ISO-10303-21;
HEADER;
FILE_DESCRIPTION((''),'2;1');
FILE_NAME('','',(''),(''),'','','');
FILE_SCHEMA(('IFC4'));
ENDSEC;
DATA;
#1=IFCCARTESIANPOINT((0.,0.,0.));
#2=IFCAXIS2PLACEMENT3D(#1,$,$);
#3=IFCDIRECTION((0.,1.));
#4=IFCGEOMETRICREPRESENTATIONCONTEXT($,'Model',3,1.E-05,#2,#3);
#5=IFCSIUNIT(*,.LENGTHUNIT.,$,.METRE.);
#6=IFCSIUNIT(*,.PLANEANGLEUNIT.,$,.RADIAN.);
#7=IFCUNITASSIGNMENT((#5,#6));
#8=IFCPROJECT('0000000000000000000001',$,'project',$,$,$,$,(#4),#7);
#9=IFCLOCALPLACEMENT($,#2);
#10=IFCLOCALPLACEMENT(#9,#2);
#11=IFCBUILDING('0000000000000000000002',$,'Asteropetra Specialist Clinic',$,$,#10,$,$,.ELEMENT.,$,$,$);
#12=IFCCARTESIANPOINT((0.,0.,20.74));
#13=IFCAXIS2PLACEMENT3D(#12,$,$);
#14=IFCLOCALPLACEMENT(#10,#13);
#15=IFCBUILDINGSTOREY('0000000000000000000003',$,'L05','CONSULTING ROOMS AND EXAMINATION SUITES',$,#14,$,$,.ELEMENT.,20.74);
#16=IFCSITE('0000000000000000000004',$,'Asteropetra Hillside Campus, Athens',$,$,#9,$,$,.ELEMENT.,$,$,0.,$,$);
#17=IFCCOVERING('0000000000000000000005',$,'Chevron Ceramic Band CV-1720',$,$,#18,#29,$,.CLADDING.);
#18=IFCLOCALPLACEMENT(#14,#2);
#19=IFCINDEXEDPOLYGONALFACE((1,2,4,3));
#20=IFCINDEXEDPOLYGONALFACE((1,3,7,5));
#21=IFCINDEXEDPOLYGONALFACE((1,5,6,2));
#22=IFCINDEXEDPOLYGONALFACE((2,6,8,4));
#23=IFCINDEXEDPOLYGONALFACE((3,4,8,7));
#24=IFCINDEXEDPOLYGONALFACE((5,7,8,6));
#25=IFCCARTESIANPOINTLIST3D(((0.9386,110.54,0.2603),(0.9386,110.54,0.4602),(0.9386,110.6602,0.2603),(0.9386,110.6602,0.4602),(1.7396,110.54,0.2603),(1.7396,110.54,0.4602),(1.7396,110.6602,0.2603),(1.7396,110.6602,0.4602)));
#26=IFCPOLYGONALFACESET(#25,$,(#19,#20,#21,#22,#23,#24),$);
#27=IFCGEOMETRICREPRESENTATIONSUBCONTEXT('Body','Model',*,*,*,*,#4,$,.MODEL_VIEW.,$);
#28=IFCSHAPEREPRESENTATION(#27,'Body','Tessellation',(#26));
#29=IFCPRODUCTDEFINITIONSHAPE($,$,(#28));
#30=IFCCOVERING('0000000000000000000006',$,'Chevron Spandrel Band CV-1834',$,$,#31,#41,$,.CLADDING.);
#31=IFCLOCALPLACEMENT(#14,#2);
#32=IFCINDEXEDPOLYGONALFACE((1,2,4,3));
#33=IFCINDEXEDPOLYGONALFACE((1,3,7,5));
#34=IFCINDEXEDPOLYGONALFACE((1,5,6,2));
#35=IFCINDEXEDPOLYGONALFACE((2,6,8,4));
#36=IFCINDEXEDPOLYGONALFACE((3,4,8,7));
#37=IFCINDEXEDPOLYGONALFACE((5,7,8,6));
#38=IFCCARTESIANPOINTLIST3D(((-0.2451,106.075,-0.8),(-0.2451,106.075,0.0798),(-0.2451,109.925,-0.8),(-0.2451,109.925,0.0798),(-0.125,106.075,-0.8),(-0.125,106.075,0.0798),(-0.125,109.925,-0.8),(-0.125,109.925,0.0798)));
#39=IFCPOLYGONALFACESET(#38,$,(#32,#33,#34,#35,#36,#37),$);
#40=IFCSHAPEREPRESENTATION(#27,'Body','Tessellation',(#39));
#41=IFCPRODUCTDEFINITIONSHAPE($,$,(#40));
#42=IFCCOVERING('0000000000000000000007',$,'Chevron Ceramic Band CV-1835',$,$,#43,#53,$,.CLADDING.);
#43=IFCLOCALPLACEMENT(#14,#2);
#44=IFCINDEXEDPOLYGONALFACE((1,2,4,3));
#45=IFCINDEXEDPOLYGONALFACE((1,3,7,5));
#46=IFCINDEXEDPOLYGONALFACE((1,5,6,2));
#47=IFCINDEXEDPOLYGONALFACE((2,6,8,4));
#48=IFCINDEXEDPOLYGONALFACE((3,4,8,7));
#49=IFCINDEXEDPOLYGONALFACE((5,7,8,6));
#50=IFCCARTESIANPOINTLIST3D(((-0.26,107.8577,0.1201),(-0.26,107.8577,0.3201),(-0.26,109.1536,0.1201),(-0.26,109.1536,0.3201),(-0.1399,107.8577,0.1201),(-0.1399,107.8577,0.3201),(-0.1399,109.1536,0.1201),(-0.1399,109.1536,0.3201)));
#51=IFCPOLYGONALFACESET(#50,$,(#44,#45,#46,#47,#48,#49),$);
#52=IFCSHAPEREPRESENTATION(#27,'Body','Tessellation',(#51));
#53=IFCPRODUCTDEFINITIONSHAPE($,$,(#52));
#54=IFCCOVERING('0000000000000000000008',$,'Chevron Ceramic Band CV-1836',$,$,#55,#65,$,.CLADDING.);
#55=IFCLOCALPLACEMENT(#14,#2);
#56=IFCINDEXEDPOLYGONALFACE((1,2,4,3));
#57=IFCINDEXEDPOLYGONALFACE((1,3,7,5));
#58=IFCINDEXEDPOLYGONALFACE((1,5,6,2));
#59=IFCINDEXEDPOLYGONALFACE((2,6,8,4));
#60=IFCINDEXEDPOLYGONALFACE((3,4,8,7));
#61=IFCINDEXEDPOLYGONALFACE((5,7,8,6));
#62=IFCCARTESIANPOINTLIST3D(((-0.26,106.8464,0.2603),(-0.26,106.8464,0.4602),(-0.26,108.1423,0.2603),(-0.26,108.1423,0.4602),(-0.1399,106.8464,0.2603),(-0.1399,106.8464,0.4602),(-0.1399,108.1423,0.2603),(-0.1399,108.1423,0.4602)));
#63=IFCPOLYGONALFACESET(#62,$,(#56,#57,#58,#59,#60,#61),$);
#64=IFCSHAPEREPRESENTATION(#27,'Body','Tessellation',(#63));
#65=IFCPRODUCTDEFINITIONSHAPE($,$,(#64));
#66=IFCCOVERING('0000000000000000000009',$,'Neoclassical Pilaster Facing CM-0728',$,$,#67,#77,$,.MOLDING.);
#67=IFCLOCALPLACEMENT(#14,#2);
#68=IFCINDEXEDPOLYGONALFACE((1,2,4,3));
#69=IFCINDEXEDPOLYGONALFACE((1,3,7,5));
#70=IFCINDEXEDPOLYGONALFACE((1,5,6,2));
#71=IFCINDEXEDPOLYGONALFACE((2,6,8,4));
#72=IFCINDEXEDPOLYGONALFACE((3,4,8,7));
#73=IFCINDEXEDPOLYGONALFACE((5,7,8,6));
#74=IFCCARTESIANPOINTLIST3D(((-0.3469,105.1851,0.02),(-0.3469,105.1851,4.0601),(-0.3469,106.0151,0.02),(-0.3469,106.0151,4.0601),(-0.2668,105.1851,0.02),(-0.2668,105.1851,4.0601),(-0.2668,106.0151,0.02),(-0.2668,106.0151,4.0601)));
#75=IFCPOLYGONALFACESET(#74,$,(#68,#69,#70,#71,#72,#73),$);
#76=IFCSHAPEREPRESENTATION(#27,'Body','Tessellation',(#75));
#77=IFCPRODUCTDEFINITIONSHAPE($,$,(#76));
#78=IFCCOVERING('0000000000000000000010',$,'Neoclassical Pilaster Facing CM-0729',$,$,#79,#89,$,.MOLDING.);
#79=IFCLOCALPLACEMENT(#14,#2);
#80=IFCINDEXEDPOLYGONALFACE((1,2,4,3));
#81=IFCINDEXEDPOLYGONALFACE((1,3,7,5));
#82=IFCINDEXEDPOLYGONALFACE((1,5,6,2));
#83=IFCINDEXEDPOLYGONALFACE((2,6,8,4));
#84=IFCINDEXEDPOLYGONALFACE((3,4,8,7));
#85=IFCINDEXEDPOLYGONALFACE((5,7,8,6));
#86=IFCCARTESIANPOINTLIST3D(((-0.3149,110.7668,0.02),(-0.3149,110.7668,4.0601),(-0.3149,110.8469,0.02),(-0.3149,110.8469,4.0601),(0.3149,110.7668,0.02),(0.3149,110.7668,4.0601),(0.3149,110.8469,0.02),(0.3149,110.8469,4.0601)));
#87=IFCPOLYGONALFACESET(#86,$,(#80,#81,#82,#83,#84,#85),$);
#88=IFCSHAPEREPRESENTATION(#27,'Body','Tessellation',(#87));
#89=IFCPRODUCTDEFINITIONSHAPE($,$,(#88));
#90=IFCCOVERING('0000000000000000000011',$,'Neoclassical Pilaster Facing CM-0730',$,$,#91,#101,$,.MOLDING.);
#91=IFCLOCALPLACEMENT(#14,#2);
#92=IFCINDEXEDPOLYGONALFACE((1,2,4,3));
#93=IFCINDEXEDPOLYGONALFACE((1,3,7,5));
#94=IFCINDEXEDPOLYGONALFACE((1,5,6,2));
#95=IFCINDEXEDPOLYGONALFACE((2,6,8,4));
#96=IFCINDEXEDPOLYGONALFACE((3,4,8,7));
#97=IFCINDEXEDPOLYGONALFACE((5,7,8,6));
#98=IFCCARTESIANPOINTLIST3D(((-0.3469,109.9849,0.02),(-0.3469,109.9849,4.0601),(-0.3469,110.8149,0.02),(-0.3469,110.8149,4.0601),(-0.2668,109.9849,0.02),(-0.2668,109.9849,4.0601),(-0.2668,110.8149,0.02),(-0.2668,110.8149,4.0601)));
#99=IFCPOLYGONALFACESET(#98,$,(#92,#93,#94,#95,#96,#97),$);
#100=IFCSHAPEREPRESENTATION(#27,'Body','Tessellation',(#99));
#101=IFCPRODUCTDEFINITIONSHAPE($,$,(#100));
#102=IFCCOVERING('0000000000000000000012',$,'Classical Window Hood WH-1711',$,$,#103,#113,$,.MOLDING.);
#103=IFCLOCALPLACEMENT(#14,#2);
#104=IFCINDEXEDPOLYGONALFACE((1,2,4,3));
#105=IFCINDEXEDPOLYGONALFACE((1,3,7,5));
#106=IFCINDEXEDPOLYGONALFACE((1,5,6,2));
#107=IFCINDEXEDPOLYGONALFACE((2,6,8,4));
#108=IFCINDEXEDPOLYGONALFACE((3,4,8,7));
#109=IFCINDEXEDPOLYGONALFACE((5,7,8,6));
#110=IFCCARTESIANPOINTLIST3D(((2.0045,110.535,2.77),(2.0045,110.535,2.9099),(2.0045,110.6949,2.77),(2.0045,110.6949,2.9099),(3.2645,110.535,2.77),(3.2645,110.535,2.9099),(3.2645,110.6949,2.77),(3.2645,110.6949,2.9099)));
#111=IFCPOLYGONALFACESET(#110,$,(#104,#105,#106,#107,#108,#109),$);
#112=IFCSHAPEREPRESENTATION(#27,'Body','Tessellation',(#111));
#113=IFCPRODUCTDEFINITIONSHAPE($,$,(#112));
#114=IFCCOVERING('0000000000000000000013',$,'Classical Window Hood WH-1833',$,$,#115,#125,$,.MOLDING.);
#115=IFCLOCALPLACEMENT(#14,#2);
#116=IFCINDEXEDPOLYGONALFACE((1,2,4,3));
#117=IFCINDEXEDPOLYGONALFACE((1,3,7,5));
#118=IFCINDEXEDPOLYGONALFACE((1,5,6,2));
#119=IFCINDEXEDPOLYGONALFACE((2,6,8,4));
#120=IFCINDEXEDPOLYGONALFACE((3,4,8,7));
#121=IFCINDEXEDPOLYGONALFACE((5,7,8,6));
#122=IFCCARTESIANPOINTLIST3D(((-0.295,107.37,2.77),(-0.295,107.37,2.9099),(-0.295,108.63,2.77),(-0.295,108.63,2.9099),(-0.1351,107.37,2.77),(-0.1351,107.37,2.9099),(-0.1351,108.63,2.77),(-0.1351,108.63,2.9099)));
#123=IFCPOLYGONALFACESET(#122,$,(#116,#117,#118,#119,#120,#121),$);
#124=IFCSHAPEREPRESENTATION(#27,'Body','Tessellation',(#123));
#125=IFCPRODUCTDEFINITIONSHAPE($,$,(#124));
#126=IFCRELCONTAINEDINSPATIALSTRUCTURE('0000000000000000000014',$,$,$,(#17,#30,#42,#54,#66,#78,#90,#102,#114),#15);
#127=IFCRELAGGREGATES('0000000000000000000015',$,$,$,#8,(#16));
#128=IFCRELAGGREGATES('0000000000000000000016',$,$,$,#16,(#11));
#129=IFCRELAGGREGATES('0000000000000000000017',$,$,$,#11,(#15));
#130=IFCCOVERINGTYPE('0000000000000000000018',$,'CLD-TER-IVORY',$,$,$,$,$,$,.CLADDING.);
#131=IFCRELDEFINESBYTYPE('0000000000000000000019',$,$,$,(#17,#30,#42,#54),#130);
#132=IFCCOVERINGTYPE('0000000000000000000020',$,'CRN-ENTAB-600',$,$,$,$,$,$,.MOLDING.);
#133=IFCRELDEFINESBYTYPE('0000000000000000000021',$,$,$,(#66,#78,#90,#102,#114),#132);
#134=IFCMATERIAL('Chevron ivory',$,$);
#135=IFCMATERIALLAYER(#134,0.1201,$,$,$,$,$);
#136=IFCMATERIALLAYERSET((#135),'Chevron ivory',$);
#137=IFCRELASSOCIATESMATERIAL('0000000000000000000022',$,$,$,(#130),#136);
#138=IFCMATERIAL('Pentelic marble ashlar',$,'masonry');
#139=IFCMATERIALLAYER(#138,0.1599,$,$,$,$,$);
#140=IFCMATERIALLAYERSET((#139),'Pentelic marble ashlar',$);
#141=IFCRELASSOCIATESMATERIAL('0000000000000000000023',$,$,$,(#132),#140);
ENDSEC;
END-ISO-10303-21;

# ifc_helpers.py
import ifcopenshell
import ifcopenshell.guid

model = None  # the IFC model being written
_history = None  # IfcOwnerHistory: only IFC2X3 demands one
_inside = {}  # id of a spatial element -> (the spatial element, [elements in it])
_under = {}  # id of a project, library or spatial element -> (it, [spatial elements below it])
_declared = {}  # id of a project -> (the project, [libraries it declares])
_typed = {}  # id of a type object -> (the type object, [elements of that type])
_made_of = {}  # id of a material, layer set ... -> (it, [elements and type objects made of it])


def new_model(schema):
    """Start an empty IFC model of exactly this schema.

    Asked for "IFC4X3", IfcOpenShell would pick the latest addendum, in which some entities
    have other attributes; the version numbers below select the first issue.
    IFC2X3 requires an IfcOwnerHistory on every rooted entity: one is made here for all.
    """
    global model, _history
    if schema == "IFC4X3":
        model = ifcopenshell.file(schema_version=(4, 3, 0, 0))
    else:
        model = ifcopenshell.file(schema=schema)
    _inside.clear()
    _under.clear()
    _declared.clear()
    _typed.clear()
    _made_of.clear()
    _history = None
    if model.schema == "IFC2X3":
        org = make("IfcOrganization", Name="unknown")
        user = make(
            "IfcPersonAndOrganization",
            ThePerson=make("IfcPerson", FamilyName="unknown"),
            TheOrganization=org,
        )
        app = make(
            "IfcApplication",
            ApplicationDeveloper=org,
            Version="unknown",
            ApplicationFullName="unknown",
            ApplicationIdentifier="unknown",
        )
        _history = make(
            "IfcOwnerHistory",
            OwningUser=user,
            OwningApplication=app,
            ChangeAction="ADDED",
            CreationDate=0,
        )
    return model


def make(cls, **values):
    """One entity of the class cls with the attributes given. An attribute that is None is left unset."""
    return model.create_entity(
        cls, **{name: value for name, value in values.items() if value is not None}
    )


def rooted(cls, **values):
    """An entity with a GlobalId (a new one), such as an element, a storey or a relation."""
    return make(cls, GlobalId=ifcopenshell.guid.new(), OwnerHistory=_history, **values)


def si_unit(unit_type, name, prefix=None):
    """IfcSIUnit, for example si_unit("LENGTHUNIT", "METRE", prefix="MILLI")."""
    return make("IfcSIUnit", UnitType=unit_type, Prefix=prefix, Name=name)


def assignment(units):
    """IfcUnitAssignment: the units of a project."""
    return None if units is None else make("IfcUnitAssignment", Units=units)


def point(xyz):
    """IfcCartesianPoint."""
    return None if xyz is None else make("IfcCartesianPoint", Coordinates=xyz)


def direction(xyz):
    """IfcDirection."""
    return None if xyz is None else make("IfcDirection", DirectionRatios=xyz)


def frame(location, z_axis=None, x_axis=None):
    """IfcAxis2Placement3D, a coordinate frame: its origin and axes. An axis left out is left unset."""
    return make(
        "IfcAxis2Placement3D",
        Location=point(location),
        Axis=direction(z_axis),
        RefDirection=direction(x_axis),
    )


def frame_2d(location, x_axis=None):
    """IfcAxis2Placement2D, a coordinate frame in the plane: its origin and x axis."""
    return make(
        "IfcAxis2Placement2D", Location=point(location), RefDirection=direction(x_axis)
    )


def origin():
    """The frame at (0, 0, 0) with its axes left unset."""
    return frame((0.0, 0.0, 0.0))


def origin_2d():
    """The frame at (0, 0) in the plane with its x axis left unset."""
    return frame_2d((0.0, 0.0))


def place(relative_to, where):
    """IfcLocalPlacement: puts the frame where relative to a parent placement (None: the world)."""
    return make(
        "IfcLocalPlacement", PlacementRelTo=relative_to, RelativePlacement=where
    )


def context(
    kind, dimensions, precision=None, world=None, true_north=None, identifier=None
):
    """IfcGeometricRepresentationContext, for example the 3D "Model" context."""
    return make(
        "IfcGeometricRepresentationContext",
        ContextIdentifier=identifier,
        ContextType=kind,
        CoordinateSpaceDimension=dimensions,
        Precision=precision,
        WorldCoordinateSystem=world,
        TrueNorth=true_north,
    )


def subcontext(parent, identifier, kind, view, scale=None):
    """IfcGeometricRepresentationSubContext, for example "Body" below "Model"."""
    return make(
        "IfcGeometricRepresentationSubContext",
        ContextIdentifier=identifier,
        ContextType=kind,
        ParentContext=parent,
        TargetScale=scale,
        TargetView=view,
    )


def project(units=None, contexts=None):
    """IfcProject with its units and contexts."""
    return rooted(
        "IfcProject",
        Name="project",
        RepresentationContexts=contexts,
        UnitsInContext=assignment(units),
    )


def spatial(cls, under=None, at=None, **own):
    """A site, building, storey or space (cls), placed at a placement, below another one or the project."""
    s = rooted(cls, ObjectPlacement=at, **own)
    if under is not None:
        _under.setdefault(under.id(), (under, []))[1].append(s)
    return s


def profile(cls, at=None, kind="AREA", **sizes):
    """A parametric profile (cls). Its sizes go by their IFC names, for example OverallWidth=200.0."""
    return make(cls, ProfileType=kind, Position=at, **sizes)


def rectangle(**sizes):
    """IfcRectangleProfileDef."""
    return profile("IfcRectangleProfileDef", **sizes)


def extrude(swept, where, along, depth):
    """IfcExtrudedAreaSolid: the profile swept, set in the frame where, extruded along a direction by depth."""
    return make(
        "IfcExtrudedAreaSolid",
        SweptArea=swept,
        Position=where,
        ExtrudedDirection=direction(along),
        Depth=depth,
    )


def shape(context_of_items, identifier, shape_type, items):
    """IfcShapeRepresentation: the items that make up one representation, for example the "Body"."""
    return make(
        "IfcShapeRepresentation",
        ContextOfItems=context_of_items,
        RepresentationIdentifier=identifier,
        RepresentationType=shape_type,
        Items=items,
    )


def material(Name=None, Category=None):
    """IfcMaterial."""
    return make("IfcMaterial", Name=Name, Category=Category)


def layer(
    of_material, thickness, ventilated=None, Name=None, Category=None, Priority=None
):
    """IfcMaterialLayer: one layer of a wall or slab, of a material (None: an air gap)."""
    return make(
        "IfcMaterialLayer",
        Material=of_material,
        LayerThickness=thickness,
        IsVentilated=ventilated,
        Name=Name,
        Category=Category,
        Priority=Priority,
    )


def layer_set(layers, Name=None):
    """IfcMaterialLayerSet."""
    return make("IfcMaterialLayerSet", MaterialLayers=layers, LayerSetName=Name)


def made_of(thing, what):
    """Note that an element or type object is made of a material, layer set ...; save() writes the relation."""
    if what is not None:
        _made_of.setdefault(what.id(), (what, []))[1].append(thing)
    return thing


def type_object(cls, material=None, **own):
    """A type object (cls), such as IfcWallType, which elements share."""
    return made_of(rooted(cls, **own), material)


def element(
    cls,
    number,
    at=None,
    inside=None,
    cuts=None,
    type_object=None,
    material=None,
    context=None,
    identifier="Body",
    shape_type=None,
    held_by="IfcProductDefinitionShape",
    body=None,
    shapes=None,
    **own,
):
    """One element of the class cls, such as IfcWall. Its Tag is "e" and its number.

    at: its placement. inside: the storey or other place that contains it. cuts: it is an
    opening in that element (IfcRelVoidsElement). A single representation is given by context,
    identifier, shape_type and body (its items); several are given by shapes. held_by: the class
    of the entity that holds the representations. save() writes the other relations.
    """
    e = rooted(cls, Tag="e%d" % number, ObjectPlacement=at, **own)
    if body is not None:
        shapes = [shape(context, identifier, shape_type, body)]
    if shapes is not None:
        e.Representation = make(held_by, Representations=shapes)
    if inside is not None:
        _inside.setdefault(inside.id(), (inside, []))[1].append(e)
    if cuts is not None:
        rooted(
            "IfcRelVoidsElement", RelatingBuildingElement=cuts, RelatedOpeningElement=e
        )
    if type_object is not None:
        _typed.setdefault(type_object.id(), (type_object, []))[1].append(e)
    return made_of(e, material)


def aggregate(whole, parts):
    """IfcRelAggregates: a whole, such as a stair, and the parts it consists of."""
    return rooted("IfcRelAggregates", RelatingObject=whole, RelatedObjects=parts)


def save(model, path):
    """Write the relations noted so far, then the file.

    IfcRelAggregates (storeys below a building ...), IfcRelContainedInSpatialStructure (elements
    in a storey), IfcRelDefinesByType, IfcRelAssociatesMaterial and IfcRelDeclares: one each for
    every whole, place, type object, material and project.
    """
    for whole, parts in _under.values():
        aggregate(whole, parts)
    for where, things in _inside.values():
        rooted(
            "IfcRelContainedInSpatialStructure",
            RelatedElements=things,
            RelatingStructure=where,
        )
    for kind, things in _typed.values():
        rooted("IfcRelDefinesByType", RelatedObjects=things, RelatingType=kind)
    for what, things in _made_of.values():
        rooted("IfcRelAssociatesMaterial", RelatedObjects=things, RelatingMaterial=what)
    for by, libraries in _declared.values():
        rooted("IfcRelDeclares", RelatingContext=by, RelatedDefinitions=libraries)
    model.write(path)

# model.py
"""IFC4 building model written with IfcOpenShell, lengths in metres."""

from ifc_helpers import new_model, si_unit, direction, frame, origin, origin_2d, place, context, subcontext, project, spatial, rectangle, extrude, material, layer, layer_set, type_object, element, save


model = new_model("IFC4")

# Units and contexts
model_context = context("Model", 3, precision=1e-05, world=origin(), true_north=direction((0.0, 1.0)))
body_context = subcontext(model_context, "Body", "Model", "MODEL_VIEW")
ifc_project = project(units=[si_unit("LENGTHUNIT", "METRE"), si_unit("PLANEANGLEUNIT", "RADIAN")], contexts=[model_context])

# Site, building, storey
site_placement = place(None, origin())
site = spatial("IfcSite", under=ifc_project, at=site_placement, Name="Asteropetra Hillside Campus, Athens", CompositionType="ELEMENT", RefElevation=0.0)
building_placement = place(site_placement, origin())
building = spatial("IfcBuilding", under=site, at=building_placement, Name="Asteropetra Specialist Clinic", CompositionType="ELEMENT")
storey_placement = place(building_placement, frame((0.0, 0.0, 20.74)))
storey = spatial("IfcBuildingStorey", under=building, at=storey_placement, Name="L05", Description="CONSULTING ROOMS AND EXAMINATION SUITES", CompositionType="ELEMENT", Elevation=20.74)

# Coverings
ifc_material_1 = material(Name="Chevron ivory")
ifc_layer_1 = layer(ifc_material_1, 0.1201)
ifc_layer_set_1 = layer_set([ifc_layer_1], Name="Chevron ivory")
covering_type_1 = type_object("IfcCoveringType", Name="CLD-TER-IVORY", PredefinedType="CLADDING", material=ifc_layer_set_1)
for number, where, z_axis, x_axis, name in (
    (1, (1.3391, 110.6001, 0.2603), (0.0, 0.0, 1.0), (1.0, 0.0, 0.0), "Chevron Ceramic Band CV-1720"),
):
    element("IfcCovering", number, at=place(storey_placement, frame(where, z_axis=z_axis, x_axis=x_axis)), inside=storey, type_object=covering_type_1, Name=name, PredefinedType="CLADDING", context=body_context, shape_type="SweptSolid", body=[
        extrude(rectangle(XDim=0.801, YDim=0.1201, at=origin_2d()), origin(), (0.0, 0.0, 1.0), 0.2),
    ])
covering_1_placement = place(storey_placement, frame((-0.1851, 108.0, -0.8), z_axis=(0.0, 0.0, 1.0), x_axis=(1.0, 0.0, 0.0)))
element("IfcCovering", 2, at=covering_1_placement, inside=storey, type_object=covering_type_1, Name="Chevron Spandrel Band CV-1834", PredefinedType="CLADDING", context=body_context, shape_type="SweptSolid", body=[
    extrude(rectangle(XDim=0.1201, YDim=3.8501, at=origin_2d()), origin(), (0.0, 0.0, 1.0), 0.8799),
])
for number, where, z_axis, x_axis, name in (
    (3, (-0.2, 108.5056, 0.1201), (0.0, 0.0, 1.0), (1.0, 0.0, 0.0), "Chevron Ceramic Band CV-1835"),
    (4, (-0.2, 107.4944, 0.2603), (0.0, 0.0, 1.0), (1.0, 0.0, 0.0), "Chevron Ceramic Band CV-1836"),
):
    element("IfcCovering", number, at=place(storey_placement, frame(where, z_axis=z_axis, x_axis=x_axis)), inside=storey, type_object=covering_type_1, Name=name, PredefinedType="CLADDING", context=body_context, shape_type="SweptSolid", body=[
        extrude(rectangle(XDim=0.1201, YDim=1.2959, at=origin_2d()), origin(), (0.0, 0.0, 1.0), 0.2),
    ])
ifc_material_2 = material(Name="Pentelic marble ashlar", Category="masonry")
ifc_layer_2 = layer(ifc_material_2, 0.1599)
ifc_layer_set_2 = layer_set([ifc_layer_2], Name="Pentelic marble ashlar")
covering_type_2 = type_object("IfcCoveringType", Name="CRN-ENTAB-600", PredefinedType="MOLDING", material=ifc_layer_set_2)
covering_2_placement = place(storey_placement, frame((-0.3069, 105.6001, 0.02), z_axis=(0.0, 0.0, 1.0), x_axis=(1.0, 0.0, 0.0)))
element("IfcCovering", 5, at=covering_2_placement, inside=storey, type_object=covering_type_2, Name="Neoclassical Pilaster Facing CM-0728", PredefinedType="MOLDING", context=body_context, shape_type="SweptSolid", body=[
    extrude(rectangle(XDim=0.0801, YDim=0.8301, at=origin_2d()), origin(), (0.0, 0.0, 1.0), 4.04),
])
covering_3_placement = place(storey_placement, frame((0.0, 110.8069, 0.02), z_axis=(0.0, 0.0, 1.0), x_axis=(1.0, 0.0, 0.0)))
element("IfcCovering", 6, at=covering_3_placement, inside=storey, type_object=covering_type_2, Name="Neoclassical Pilaster Facing CM-0729", PredefinedType="MOLDING", context=body_context, shape_type="SweptSolid", body=[
    extrude(rectangle(XDim=0.6299, YDim=0.0801, at=origin_2d()), origin(), (0.0, 0.0, 1.0), 4.04),
])
covering_4_placement = place(storey_placement, frame((-0.3069, 110.3999, 0.02), z_axis=(0.0, 0.0, 1.0), x_axis=(1.0, 0.0, 0.0)))
element("IfcCovering", 7, at=covering_4_placement, inside=storey, type_object=covering_type_2, Name="Neoclassical Pilaster Facing CM-0730", PredefinedType="MOLDING", context=body_context, shape_type="SweptSolid", body=[
    extrude(rectangle(XDim=0.0801, YDim=0.8301, at=origin_2d()), origin(), (0.0, 0.0, 1.0), 4.04),
])
covering_5_placement = place(storey_placement, frame((2.6345, 110.615, 2.77), z_axis=(0.0, 0.0, 1.0), x_axis=(1.0, 0.0, 0.0)))
element("IfcCovering", 8, at=covering_5_placement, inside=storey, type_object=covering_type_2, Name="Classical Window Hood WH-1711", PredefinedType="MOLDING", context=body_context, shape_type="SweptSolid", body=[
    extrude(rectangle(XDim=1.26, YDim=0.1599, at=origin_2d()), origin(), (0.0, 0.0, 1.0), 0.1399),
])
covering_6_placement = place(storey_placement, frame((-0.2151, 108.0, 2.77), z_axis=(0.0, 0.0, 1.0), x_axis=(1.0, 0.0, 0.0)))
element("IfcCovering", 9, at=covering_6_placement, inside=storey, type_object=covering_type_2, Name="Classical Window Hood WH-1833", PredefinedType="MOLDING", context=body_context, shape_type="SweptSolid", body=[
    extrude(rectangle(XDim=0.1599, YDim=1.26, at=origin_2d()), origin(), (0.0, 0.0, 1.0), 0.1399),
])

save(model, "model.ifc")
